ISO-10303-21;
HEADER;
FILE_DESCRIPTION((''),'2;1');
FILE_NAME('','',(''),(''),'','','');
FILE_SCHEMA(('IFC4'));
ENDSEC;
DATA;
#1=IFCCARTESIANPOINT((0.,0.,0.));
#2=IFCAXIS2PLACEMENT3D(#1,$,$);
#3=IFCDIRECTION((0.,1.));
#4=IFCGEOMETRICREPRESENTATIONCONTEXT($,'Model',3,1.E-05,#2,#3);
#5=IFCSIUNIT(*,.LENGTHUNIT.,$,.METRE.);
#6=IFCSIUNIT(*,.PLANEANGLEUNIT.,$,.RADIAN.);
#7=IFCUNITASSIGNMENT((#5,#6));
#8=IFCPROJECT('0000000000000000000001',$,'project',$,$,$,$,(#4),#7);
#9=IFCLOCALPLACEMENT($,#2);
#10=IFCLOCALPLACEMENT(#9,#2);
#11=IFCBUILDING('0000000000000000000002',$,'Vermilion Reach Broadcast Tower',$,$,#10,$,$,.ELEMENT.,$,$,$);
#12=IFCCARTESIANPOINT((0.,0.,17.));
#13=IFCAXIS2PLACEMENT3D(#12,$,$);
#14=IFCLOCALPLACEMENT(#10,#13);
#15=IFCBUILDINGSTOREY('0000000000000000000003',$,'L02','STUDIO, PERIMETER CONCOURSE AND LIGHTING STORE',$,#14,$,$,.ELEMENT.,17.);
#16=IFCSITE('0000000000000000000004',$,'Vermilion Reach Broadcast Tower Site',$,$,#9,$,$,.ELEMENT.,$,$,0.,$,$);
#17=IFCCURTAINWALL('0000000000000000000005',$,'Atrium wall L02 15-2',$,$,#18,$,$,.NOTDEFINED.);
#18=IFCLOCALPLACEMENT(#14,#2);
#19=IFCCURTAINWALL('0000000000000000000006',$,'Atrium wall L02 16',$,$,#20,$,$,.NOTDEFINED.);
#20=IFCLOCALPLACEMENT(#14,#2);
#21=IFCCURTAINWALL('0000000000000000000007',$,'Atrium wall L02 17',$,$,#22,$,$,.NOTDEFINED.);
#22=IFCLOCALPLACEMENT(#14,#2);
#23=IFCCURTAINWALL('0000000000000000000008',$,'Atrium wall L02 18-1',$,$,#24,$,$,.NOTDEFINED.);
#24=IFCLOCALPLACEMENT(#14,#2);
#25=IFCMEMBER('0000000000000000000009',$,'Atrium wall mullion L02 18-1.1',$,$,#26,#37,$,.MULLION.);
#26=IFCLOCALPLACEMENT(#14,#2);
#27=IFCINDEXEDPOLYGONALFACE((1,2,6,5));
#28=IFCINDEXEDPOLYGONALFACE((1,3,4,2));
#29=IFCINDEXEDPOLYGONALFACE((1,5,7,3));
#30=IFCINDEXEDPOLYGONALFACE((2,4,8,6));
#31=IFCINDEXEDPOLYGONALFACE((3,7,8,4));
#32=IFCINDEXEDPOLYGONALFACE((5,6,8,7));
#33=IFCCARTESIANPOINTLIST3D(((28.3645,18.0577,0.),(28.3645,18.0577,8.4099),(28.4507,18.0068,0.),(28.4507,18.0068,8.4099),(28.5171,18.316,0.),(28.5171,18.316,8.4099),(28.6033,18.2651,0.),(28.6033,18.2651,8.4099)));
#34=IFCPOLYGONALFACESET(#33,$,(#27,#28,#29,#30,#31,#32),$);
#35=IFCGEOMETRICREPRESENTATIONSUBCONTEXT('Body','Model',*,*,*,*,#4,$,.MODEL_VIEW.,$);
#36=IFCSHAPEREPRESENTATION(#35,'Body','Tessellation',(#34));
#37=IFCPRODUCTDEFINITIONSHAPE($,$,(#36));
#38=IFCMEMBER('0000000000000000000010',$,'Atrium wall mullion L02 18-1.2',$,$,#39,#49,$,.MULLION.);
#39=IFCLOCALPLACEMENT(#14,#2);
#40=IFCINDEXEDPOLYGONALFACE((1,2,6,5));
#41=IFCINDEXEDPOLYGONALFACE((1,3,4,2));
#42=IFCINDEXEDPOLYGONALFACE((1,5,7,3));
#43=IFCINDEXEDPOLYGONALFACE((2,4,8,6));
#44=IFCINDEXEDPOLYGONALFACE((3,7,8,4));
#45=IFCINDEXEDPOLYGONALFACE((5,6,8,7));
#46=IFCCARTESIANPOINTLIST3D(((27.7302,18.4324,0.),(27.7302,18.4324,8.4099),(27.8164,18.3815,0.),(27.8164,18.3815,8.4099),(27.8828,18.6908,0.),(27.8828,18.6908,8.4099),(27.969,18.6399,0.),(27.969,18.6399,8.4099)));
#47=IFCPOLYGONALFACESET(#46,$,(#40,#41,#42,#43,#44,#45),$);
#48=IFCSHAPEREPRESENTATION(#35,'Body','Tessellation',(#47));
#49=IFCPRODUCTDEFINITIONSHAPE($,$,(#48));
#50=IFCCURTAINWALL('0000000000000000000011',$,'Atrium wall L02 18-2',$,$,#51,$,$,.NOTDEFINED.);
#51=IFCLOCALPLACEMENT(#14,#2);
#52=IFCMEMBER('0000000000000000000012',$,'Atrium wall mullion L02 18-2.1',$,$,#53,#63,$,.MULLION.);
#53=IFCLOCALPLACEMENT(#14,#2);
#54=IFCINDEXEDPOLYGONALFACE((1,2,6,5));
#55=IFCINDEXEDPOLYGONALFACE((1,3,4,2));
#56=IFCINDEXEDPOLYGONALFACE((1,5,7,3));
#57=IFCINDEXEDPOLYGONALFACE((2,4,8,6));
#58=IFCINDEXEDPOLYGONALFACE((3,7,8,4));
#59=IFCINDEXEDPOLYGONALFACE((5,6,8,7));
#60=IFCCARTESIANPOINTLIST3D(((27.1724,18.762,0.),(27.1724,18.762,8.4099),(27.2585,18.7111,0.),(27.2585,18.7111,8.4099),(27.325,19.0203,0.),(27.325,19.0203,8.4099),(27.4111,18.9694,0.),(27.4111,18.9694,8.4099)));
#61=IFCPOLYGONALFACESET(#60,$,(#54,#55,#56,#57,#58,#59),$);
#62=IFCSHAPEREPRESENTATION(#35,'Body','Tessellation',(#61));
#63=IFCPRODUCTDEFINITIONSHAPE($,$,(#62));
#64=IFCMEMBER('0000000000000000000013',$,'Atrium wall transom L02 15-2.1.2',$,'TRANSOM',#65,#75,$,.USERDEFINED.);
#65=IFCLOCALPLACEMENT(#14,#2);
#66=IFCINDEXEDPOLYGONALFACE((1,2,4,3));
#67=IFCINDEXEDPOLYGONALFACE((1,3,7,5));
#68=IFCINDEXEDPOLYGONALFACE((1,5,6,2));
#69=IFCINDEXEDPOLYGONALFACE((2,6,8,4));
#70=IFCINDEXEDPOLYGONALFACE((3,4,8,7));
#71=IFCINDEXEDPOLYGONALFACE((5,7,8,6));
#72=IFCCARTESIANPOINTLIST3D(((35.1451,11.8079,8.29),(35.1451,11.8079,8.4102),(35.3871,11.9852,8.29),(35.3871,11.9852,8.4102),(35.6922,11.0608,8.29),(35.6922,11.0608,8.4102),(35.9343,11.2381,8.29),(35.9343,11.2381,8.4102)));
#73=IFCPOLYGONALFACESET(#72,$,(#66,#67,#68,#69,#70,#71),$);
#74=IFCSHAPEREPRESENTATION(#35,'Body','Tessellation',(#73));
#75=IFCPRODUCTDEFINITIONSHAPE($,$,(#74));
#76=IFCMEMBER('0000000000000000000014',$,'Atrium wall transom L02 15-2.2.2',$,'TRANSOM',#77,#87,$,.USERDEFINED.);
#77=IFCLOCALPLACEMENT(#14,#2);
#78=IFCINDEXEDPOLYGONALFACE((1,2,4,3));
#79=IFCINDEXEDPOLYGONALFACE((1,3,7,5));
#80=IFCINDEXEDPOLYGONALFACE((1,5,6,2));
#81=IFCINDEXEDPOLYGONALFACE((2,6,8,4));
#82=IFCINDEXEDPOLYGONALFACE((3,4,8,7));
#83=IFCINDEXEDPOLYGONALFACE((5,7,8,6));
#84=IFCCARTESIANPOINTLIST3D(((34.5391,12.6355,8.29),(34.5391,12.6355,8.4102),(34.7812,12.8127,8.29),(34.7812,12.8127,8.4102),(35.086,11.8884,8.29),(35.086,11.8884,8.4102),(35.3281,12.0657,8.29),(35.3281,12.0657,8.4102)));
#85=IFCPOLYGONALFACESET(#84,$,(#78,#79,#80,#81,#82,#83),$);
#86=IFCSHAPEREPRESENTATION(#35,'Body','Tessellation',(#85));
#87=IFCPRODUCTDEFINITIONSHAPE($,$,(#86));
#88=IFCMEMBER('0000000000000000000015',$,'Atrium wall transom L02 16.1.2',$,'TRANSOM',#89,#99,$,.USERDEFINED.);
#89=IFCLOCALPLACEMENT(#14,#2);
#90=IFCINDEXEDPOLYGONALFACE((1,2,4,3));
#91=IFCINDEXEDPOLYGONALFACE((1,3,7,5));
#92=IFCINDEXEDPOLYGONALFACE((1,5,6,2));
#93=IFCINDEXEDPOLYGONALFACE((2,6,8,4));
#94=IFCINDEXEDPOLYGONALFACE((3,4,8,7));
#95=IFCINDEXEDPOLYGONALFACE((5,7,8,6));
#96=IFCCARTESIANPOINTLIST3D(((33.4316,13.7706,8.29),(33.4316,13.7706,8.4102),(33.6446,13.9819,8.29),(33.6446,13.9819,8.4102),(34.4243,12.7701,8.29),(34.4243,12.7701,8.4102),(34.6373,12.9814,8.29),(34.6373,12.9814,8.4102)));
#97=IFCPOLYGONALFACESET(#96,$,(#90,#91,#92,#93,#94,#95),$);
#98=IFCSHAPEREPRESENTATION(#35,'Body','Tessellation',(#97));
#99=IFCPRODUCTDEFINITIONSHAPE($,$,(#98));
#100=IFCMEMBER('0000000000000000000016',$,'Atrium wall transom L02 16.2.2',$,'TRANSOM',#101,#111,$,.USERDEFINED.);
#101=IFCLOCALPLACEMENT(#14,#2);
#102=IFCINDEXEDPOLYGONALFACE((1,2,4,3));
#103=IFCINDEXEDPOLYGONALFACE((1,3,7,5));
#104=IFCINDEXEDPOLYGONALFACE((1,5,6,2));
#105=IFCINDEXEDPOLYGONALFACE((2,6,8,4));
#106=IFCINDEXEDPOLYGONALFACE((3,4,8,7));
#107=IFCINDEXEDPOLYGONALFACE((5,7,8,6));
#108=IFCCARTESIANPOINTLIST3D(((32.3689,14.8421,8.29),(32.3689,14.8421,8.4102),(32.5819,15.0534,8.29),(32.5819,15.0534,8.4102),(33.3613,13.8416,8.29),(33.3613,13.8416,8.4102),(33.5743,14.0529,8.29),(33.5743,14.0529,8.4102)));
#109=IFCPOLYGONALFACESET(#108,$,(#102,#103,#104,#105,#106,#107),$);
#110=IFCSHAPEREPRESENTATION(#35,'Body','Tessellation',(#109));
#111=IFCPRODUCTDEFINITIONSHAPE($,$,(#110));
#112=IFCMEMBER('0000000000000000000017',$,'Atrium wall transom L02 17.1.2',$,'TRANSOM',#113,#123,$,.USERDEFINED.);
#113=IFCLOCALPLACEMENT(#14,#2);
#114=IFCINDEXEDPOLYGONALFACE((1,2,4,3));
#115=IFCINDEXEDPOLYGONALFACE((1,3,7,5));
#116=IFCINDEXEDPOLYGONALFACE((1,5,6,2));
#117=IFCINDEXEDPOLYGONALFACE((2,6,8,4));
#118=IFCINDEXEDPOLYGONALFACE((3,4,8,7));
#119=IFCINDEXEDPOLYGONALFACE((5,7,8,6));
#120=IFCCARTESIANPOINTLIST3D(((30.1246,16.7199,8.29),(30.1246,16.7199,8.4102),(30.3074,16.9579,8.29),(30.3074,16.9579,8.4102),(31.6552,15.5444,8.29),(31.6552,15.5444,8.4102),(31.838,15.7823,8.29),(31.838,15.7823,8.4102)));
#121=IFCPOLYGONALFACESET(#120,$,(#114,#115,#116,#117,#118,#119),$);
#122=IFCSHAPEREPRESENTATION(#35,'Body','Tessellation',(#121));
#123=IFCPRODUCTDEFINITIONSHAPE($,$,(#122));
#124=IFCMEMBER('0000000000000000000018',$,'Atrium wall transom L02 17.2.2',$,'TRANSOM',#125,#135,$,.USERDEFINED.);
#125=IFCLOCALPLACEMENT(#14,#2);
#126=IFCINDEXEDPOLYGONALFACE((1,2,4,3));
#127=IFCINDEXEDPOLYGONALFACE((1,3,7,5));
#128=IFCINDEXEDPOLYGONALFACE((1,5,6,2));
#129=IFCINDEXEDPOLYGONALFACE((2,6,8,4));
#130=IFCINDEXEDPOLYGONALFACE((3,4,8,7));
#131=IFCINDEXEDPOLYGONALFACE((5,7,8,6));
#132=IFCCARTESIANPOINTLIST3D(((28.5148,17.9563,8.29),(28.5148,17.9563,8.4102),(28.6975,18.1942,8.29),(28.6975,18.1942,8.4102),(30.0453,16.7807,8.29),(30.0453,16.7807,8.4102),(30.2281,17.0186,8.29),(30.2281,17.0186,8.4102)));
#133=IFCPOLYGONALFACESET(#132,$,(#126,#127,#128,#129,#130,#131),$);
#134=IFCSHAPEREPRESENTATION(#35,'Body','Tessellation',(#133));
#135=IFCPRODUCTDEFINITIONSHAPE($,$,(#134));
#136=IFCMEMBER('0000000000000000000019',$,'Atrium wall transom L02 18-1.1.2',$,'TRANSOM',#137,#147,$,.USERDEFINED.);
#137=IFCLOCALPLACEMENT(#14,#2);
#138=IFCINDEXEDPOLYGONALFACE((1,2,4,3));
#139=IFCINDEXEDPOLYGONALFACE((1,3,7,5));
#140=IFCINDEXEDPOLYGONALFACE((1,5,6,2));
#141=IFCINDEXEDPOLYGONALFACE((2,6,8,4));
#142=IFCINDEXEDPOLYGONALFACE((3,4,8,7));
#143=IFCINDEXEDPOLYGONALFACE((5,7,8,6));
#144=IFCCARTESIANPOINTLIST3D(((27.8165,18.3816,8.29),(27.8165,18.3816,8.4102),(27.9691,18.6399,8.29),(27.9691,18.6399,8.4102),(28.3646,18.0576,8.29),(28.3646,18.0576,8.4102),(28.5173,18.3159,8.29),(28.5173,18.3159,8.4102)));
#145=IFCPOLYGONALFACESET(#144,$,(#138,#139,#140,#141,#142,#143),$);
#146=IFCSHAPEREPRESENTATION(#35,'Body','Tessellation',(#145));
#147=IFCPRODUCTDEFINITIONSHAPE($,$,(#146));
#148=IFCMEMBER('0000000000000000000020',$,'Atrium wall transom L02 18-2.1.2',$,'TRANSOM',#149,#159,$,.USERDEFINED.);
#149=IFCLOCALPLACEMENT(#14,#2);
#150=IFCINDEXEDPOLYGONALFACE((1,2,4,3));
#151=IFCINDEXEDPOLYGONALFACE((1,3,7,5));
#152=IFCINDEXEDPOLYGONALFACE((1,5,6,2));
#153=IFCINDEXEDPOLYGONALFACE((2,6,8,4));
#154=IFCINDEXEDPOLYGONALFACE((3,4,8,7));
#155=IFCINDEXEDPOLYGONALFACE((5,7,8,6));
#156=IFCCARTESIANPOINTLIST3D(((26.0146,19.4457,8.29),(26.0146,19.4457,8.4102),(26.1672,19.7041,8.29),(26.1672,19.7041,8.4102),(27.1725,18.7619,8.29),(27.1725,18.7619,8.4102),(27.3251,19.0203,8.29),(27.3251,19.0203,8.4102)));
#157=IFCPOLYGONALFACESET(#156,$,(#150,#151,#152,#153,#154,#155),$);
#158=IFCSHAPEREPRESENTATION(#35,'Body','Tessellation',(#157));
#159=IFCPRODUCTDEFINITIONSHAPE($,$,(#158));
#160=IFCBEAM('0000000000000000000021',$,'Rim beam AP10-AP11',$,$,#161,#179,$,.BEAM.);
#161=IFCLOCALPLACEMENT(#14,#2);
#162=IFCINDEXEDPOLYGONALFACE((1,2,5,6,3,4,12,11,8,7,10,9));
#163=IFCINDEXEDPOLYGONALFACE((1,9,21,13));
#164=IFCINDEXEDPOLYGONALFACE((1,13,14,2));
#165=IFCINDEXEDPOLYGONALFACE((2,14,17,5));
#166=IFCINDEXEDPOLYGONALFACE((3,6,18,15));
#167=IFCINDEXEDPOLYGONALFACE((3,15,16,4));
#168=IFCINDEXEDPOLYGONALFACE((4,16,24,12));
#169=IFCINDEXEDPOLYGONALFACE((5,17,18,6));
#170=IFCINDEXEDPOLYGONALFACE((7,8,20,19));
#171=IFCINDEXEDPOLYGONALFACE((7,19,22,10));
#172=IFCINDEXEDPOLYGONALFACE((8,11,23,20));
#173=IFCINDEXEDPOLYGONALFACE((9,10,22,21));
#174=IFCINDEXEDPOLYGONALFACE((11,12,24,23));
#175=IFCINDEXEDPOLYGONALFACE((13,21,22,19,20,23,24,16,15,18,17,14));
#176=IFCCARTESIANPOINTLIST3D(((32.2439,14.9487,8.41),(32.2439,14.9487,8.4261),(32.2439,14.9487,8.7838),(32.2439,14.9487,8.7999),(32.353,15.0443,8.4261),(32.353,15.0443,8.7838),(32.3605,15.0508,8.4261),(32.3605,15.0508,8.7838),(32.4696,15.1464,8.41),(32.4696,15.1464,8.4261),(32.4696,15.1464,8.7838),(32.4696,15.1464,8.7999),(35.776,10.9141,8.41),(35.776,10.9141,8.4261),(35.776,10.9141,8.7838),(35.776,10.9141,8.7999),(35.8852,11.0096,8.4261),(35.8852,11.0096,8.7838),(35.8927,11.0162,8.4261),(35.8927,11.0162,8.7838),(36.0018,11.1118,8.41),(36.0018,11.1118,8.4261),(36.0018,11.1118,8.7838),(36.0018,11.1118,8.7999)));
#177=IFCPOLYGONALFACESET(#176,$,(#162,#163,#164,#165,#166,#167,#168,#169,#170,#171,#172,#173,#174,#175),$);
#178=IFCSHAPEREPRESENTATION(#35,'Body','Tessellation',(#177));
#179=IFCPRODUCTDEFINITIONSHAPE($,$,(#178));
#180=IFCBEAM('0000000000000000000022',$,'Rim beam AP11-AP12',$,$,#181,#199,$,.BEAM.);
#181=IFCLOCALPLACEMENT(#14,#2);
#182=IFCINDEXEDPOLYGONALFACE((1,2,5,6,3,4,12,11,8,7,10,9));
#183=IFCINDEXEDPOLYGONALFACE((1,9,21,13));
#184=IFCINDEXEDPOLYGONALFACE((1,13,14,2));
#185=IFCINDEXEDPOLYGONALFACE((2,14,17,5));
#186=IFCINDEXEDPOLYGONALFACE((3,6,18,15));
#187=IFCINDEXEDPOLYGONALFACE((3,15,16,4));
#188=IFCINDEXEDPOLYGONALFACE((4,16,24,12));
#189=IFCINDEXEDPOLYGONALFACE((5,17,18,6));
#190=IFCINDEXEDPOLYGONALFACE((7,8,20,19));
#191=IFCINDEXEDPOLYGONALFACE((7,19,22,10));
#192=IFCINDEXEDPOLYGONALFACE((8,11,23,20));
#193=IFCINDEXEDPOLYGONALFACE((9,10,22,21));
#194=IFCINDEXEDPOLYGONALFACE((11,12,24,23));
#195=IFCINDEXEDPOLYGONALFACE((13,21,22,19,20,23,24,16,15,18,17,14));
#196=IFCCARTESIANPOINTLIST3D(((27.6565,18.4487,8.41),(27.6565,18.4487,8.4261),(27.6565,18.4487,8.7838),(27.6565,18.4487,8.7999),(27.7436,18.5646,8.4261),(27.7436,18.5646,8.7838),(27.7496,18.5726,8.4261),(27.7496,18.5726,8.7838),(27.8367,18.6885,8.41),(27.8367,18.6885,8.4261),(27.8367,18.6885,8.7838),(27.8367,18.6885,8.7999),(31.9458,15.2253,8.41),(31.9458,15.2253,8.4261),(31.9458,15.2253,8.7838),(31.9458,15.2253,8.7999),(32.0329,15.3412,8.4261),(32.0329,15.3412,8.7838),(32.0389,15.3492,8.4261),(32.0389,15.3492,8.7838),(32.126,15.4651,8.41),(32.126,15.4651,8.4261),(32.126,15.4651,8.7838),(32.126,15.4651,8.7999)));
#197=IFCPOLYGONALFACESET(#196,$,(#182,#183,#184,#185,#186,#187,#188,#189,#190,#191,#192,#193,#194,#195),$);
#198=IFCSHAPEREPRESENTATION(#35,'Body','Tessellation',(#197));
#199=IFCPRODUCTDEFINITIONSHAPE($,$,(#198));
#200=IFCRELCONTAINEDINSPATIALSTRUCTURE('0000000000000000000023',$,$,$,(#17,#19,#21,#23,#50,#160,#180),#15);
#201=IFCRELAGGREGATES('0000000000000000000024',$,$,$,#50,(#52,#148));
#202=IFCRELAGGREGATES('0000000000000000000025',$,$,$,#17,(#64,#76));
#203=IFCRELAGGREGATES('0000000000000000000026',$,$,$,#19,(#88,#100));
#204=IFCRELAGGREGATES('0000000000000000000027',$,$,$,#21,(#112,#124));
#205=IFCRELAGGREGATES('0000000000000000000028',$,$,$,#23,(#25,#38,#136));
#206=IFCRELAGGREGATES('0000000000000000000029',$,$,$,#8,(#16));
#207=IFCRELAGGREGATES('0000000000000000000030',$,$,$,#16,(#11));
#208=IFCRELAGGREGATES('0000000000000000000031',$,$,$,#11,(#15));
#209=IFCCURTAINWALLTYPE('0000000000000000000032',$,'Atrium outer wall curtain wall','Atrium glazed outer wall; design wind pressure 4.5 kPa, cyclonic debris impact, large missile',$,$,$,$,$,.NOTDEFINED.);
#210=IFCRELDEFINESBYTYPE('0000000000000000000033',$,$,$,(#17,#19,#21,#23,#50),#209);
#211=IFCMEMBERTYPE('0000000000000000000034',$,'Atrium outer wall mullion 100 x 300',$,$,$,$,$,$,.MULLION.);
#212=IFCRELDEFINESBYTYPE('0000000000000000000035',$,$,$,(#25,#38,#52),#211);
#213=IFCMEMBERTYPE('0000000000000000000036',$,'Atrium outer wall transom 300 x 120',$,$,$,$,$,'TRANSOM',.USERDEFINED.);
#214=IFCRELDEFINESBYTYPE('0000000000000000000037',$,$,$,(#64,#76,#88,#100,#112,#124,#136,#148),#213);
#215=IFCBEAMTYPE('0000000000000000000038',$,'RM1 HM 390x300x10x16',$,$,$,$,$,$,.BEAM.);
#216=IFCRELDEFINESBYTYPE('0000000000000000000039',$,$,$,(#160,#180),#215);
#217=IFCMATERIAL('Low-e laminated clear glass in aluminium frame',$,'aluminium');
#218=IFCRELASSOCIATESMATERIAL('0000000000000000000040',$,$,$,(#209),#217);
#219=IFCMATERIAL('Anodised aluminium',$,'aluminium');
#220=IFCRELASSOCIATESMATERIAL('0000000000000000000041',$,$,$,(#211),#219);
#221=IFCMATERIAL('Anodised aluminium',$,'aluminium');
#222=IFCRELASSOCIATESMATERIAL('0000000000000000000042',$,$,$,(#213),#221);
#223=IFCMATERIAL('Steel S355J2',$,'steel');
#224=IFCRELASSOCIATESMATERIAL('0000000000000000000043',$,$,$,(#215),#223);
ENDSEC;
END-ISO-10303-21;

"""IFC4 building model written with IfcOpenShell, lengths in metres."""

from ifc_helpers import new_model, si_unit, direction, frame, origin, origin_2d, place, context, subcontext, project, spatial, rectangle, i_section, extrude, material, material_profile, profile_set, type_object, element, aggregate, save


model = new_model("IFC4")

# Units and contexts
model_context = context("Model", 3, precision=1e-05, world=origin(), true_north=direction((0.0, 1.0)))
body_context = subcontext(model_context, "Body", "Model", "MODEL_VIEW")
ifc_project = project(units=[si_unit("LENGTHUNIT", "METRE"), si_unit("PLANEANGLEUNIT", "RADIAN")], contexts=[model_context])

# Site, building, storey
site_placement = place(None, origin())
site = spatial("IfcSite", under=ifc_project, at=site_placement, Name="Vermilion Reach Broadcast Tower Site", CompositionType="ELEMENT", RefElevation=0.0)
building_placement = place(site_placement, origin())
building = spatial("IfcBuilding", under=site, at=building_placement, Name="Vermilion Reach Broadcast Tower", CompositionType="ELEMENT")
storey_placement = place(building_placement, frame((0.0, 0.0, 17.0)))
storey = spatial("IfcBuildingStorey", under=building, at=storey_placement, Name="L02", Description="STUDIO, PERIMETER CONCOURSE AND LIGHTING STORE", CompositionType="ELEMENT", Elevation=17.0)

# Shared definitions
ifc_material_1 = material(Name="Low-e laminated clear glass in aluminium frame", Category="aluminium")
curtain_wall_type = type_object("IfcCurtainWallType", Name="Atrium outer wall curtain wall", Description="Atrium glazed outer wall; design wind pressure 4.5 kPa, cyclonic debris impact, large missile", PredefinedType="NOTDEFINED", material=ifc_material_1)
placement = place(storey_placement, origin())
ifc_material_2 = material(Name="Anodised aluminium", Category="aluminium")
ifc_material_profile_1 = material_profile(ifc_material_2, rectangle(XDim=0.3, YDim=0.1001, at=origin_2d()), Name="Atrium outer wall mullion 100 x 300")
ifc_profile_set_1 = profile_set([ifc_material_profile_1], Name="Anodised aluminium")
member_type_1 = type_object("IfcMemberType", Name="Atrium outer wall mullion 100 x 300", PredefinedType="MULLION", material=ifc_profile_set_1)

# Curtain walls, members
curtain_wall_1 = element("IfcCurtainWall", 1, at=placement, inside=storey, type_object=curtain_wall_type, Name="Atrium wall L02 15-2", PredefinedType="NOTDEFINED")
curtain_wall_2 = element("IfcCurtainWall", 2, at=placement, inside=storey, type_object=curtain_wall_type, Name="Atrium wall L02 16", PredefinedType="NOTDEFINED")
curtain_wall_3 = element("IfcCurtainWall", 3, at=placement, inside=storey, type_object=curtain_wall_type, Name="Atrium wall L02 17", PredefinedType="NOTDEFINED")
curtain_wall_4 = element("IfcCurtainWall", 4, at=placement, inside=storey, type_object=curtain_wall_type, Name="Atrium wall L02 18-1", PredefinedType="NOTDEFINED")
member_1_placement = place(storey_placement, frame((28.4839, 18.1614, 0.0), z_axis=(0.0, 0.0, 1.0), x_axis=(-0.50859, -0.861009, 0.0)))
member_1 = element("IfcMember", 5, at=member_1_placement, type_object=member_type_1, Name="Atrium wall mullion L02 18-1.1", PredefinedType="MULLION", context=body_context, shape_type="SweptSolid", body=[
    extrude(rectangle(XDim=0.3, YDim=0.1001, at=origin_2d()), origin(), (0.0, 0.0, 1.0), 8.4099),
])
member_2_placement = place(storey_placement, frame((27.8496, 18.5361, 0.0), z_axis=(0.0, 0.0, 1.0), x_axis=(-0.50859, -0.861009, 0.0)))
member_2 = element("IfcMember", 6, at=member_2_placement, type_object=member_type_1, Name="Atrium wall mullion L02 18-1.2", PredefinedType="MULLION", context=body_context, shape_type="SweptSolid", body=[
    extrude(rectangle(XDim=0.3, YDim=0.1001, at=origin_2d()), origin(), (0.0, 0.0, 1.0), 8.4099),
])

# Curtain wall, member
curtain_wall_5 = element("IfcCurtainWall", 7, at=placement, inside=storey, type_object=curtain_wall_type, Name="Atrium wall L02 18-2", PredefinedType="NOTDEFINED")
member_3_placement = place(storey_placement, frame((27.2917, 18.8657, 0.0), z_axis=(0.0, 0.0, 1.0), x_axis=(-0.50859, -0.861009, 0.0)))
member_3 = element("IfcMember", 8, at=member_3_placement, type_object=member_type_1, Name="Atrium wall mullion L02 18-2.1", PredefinedType="MULLION", context=body_context, shape_type="SweptSolid", body=[
    extrude(rectangle(XDim=0.3, YDim=0.1001, at=origin_2d()), origin(), (0.0, 0.0, 1.0), 8.4099),
])

# Members
ifc_material_3 = material(Name="Anodised aluminium", Category="aluminium")
ifc_material_profile_2 = material_profile(ifc_material_3, rectangle(XDim=0.3, YDim=0.1201, at=origin_2d()), Name="Atrium outer wall transom 300 x 120")
ifc_profile_set_2 = profile_set([ifc_material_profile_2], Name="Anodised aluminium")
member_type_2 = type_object("IfcMemberType", Name="Atrium outer wall transom 300 x 120", ElementType="TRANSOM", PredefinedType="USERDEFINED", material=ifc_profile_set_2)
member_4_placement = place(storey_placement, frame((35.8132, 11.1494, 8.3501), z_axis=(-0.590849, 0.806782, 0.0), x_axis=(-0.806782, -0.590849, 0.0)))
member_4 = element("IfcMember", 9, at=member_4_placement, type_object=member_type_2, Name="Atrium wall transom L02 15-2.1.2", ObjectType="TRANSOM", PredefinedType="USERDEFINED", context=body_context, shape_type="SweptSolid", body=[
    extrude(rectangle(XDim=0.3, YDim=0.1201, at=origin_2d()), origin(), (0.0, 0.0, 1.0), 0.926),
])
member_5_placement = place(storey_placement, frame((35.207, 11.9771, 8.3501), z_axis=(-0.590678, 0.806908, 0.0), x_axis=(-0.806908, -0.590678, 0.0)))
member_5 = element("IfcMember", 10, at=member_5_placement, type_object=member_type_2, Name="Atrium wall transom L02 15-2.2.2", ObjectType="TRANSOM", PredefinedType="USERDEFINED", context=body_context, shape_type="SweptSolid", body=[
    extrude(rectangle(XDim=0.3, YDim=0.1201, at=origin_2d()), origin(), (0.0, 0.0, 1.0), 0.9258),
])
member_6_placement = place(storey_placement, frame((34.5308, 12.8757, 8.3501), z_axis=(-0.70433, 0.709873, 0.0), x_axis=(-0.709873, -0.70433, 0.0)))
member_6 = element("IfcMember", 11, at=member_6_placement, type_object=member_type_2, Name="Atrium wall transom L02 16.1.2", ObjectType="TRANSOM", PredefinedType="USERDEFINED", context=body_context, shape_type="SweptSolid", body=[
    extrude(rectangle(XDim=0.3, YDim=0.1201, at=origin_2d()), origin(), (0.0, 0.0, 1.0), 1.4094),
])
member_7_placement = place(storey_placement, frame((33.4678, 13.9473, 8.3501), z_axis=(-0.704242, 0.70996, 0.0), x_axis=(-0.70996, -0.704242, 0.0)))
member_7 = element("IfcMember", 12, at=member_7_placement, type_object=member_type_2, Name="Atrium wall transom L02 16.2.2", ObjectType="TRANSOM", PredefinedType="USERDEFINED", context=body_context, shape_type="SweptSolid", body=[
    extrude(rectangle(XDim=0.3, YDim=0.1201, at=origin_2d()), origin(), (0.0, 0.0, 1.0), 1.4092),
])
member_8_placement = place(storey_placement, frame((31.7466, 15.6633, 8.3501), z_axis=(-0.793071, 0.60913, 0.0), x_axis=(-0.60913, -0.793071, 0.0)))
member_8 = element("IfcMember", 13, at=member_8_placement, type_object=member_type_2, Name="Atrium wall transom L02 17.1.2", ObjectType="TRANSOM", PredefinedType="USERDEFINED", context=body_context, shape_type="SweptSolid", body=[
    extrude(rectangle(XDim=0.3, YDim=0.1201, at=origin_2d()), origin(), (0.0, 0.0, 1.0), 1.9299),
])
member_9_placement = place(storey_placement, frame((30.1367, 16.8997, 8.3501), z_axis=(-0.793071, 0.60913, 0.0), x_axis=(-0.60913, -0.793071, 0.0)))
member_9 = element("IfcMember", 14, at=member_9_placement, type_object=member_type_2, Name="Atrium wall transom L02 17.2.2", ObjectType="TRANSOM", PredefinedType="USERDEFINED", context=body_context, shape_type="SweptSolid", body=[
    extrude(rectangle(XDim=0.3, YDim=0.1201, at=origin_2d()), origin(), (0.0, 0.0, 1.0), 1.9299),
])
member_10_placement = place(storey_placement, frame((28.4409, 18.1868, 8.3501), z_axis=(-0.860858, 0.508846, 0.0), x_axis=(-0.508846, -0.860858, 0.0)))
member_10 = element("IfcMember", 15, at=member_10_placement, type_object=member_type_2, Name="Atrium wall transom L02 18-1.1.2", ObjectType="TRANSOM", PredefinedType="USERDEFINED", context=body_context, shape_type="SweptSolid", body=[
    extrude(rectangle(XDim=0.3, YDim=0.1201, at=origin_2d()), origin(), (0.0, 0.0, 1.0), 0.6367),
])
member_11_placement = place(storey_placement, frame((27.2488, 18.8911, 8.3501), z_axis=(-0.86106, 0.508503, 0.0), x_axis=(-0.508503, -0.86106, 0.0)))
member_11 = element("IfcMember", 16, at=member_11_placement, type_object=member_type_2, Name="Atrium wall transom L02 18-2.1.2", ObjectType="TRANSOM", PredefinedType="USERDEFINED", context=body_context, shape_type="SweptSolid", body=[
    extrude(rectangle(XDim=0.3, YDim=0.1201, at=origin_2d()), origin(), (0.0, 0.0, 1.0), 1.3447),
])
aggregate(curtain_wall_5, [member_3, member_11])

# Beams
ifc_material_4 = material(Name="Steel S355J2", Category="steel")
ifc_material_profile_3 = material_profile(ifc_material_4, i_section(OverallWidth=0.3, OverallDepth=0.3899, WebThickness=0.01, FlangeThickness=0.0161, at=origin_2d()), Name="S355J2 HM 390x300x10x16")
ifc_profile_set_3 = profile_set([ifc_material_profile_3], Name="Steel S355J2")
beam_type = type_object("IfcBeamType", Name="RM1 HM 390x300x10x16", PredefinedType="BEAM", material=ifc_profile_set_3)
beam_1_placement = place(storey_placement, frame((35.8889, 11.0129, 8.605), z_axis=(-0.658704, 0.752402, 0.0), x_axis=(-0.752402, -0.658704, 0.0)))
element("IfcBeam", 17, at=beam_1_placement, inside=storey, type_object=beam_type, Name="Rim beam AP10-AP11", PredefinedType="BEAM", context=body_context, shape_type="SweptSolid", body=[
    extrude(i_section(OverallWidth=0.3, OverallDepth=0.3899, WebThickness=0.01, FlangeThickness=0.0161, at=origin_2d()), origin(), (0.0, 0.0, 1.0), 5.3623),
])
beam_2_placement = place(storey_placement, frame((32.0359, 15.3452, 8.605), z_axis=(-0.799426, 0.600764, 0.0), x_axis=(-0.600764, -0.799426, 0.0)))
element("IfcBeam", 18, at=beam_2_placement, inside=storey, type_object=beam_type, Name="Rim beam AP11-AP12", PredefinedType="BEAM", context=body_context, shape_type="SweptSolid", body=[
    extrude(i_section(OverallWidth=0.3, OverallDepth=0.3899, WebThickness=0.01, FlangeThickness=0.0161, at=origin_2d()), origin(), (0.0, 0.0, 1.0), 5.3655),
])

aggregate(curtain_wall_1, [member_4, member_5])
aggregate(curtain_wall_2, [member_6, member_7])
aggregate(curtain_wall_3, [member_8, member_9])
aggregate(curtain_wall_4, [member_1, member_2, member_10])

save(model, "model.ifc")
